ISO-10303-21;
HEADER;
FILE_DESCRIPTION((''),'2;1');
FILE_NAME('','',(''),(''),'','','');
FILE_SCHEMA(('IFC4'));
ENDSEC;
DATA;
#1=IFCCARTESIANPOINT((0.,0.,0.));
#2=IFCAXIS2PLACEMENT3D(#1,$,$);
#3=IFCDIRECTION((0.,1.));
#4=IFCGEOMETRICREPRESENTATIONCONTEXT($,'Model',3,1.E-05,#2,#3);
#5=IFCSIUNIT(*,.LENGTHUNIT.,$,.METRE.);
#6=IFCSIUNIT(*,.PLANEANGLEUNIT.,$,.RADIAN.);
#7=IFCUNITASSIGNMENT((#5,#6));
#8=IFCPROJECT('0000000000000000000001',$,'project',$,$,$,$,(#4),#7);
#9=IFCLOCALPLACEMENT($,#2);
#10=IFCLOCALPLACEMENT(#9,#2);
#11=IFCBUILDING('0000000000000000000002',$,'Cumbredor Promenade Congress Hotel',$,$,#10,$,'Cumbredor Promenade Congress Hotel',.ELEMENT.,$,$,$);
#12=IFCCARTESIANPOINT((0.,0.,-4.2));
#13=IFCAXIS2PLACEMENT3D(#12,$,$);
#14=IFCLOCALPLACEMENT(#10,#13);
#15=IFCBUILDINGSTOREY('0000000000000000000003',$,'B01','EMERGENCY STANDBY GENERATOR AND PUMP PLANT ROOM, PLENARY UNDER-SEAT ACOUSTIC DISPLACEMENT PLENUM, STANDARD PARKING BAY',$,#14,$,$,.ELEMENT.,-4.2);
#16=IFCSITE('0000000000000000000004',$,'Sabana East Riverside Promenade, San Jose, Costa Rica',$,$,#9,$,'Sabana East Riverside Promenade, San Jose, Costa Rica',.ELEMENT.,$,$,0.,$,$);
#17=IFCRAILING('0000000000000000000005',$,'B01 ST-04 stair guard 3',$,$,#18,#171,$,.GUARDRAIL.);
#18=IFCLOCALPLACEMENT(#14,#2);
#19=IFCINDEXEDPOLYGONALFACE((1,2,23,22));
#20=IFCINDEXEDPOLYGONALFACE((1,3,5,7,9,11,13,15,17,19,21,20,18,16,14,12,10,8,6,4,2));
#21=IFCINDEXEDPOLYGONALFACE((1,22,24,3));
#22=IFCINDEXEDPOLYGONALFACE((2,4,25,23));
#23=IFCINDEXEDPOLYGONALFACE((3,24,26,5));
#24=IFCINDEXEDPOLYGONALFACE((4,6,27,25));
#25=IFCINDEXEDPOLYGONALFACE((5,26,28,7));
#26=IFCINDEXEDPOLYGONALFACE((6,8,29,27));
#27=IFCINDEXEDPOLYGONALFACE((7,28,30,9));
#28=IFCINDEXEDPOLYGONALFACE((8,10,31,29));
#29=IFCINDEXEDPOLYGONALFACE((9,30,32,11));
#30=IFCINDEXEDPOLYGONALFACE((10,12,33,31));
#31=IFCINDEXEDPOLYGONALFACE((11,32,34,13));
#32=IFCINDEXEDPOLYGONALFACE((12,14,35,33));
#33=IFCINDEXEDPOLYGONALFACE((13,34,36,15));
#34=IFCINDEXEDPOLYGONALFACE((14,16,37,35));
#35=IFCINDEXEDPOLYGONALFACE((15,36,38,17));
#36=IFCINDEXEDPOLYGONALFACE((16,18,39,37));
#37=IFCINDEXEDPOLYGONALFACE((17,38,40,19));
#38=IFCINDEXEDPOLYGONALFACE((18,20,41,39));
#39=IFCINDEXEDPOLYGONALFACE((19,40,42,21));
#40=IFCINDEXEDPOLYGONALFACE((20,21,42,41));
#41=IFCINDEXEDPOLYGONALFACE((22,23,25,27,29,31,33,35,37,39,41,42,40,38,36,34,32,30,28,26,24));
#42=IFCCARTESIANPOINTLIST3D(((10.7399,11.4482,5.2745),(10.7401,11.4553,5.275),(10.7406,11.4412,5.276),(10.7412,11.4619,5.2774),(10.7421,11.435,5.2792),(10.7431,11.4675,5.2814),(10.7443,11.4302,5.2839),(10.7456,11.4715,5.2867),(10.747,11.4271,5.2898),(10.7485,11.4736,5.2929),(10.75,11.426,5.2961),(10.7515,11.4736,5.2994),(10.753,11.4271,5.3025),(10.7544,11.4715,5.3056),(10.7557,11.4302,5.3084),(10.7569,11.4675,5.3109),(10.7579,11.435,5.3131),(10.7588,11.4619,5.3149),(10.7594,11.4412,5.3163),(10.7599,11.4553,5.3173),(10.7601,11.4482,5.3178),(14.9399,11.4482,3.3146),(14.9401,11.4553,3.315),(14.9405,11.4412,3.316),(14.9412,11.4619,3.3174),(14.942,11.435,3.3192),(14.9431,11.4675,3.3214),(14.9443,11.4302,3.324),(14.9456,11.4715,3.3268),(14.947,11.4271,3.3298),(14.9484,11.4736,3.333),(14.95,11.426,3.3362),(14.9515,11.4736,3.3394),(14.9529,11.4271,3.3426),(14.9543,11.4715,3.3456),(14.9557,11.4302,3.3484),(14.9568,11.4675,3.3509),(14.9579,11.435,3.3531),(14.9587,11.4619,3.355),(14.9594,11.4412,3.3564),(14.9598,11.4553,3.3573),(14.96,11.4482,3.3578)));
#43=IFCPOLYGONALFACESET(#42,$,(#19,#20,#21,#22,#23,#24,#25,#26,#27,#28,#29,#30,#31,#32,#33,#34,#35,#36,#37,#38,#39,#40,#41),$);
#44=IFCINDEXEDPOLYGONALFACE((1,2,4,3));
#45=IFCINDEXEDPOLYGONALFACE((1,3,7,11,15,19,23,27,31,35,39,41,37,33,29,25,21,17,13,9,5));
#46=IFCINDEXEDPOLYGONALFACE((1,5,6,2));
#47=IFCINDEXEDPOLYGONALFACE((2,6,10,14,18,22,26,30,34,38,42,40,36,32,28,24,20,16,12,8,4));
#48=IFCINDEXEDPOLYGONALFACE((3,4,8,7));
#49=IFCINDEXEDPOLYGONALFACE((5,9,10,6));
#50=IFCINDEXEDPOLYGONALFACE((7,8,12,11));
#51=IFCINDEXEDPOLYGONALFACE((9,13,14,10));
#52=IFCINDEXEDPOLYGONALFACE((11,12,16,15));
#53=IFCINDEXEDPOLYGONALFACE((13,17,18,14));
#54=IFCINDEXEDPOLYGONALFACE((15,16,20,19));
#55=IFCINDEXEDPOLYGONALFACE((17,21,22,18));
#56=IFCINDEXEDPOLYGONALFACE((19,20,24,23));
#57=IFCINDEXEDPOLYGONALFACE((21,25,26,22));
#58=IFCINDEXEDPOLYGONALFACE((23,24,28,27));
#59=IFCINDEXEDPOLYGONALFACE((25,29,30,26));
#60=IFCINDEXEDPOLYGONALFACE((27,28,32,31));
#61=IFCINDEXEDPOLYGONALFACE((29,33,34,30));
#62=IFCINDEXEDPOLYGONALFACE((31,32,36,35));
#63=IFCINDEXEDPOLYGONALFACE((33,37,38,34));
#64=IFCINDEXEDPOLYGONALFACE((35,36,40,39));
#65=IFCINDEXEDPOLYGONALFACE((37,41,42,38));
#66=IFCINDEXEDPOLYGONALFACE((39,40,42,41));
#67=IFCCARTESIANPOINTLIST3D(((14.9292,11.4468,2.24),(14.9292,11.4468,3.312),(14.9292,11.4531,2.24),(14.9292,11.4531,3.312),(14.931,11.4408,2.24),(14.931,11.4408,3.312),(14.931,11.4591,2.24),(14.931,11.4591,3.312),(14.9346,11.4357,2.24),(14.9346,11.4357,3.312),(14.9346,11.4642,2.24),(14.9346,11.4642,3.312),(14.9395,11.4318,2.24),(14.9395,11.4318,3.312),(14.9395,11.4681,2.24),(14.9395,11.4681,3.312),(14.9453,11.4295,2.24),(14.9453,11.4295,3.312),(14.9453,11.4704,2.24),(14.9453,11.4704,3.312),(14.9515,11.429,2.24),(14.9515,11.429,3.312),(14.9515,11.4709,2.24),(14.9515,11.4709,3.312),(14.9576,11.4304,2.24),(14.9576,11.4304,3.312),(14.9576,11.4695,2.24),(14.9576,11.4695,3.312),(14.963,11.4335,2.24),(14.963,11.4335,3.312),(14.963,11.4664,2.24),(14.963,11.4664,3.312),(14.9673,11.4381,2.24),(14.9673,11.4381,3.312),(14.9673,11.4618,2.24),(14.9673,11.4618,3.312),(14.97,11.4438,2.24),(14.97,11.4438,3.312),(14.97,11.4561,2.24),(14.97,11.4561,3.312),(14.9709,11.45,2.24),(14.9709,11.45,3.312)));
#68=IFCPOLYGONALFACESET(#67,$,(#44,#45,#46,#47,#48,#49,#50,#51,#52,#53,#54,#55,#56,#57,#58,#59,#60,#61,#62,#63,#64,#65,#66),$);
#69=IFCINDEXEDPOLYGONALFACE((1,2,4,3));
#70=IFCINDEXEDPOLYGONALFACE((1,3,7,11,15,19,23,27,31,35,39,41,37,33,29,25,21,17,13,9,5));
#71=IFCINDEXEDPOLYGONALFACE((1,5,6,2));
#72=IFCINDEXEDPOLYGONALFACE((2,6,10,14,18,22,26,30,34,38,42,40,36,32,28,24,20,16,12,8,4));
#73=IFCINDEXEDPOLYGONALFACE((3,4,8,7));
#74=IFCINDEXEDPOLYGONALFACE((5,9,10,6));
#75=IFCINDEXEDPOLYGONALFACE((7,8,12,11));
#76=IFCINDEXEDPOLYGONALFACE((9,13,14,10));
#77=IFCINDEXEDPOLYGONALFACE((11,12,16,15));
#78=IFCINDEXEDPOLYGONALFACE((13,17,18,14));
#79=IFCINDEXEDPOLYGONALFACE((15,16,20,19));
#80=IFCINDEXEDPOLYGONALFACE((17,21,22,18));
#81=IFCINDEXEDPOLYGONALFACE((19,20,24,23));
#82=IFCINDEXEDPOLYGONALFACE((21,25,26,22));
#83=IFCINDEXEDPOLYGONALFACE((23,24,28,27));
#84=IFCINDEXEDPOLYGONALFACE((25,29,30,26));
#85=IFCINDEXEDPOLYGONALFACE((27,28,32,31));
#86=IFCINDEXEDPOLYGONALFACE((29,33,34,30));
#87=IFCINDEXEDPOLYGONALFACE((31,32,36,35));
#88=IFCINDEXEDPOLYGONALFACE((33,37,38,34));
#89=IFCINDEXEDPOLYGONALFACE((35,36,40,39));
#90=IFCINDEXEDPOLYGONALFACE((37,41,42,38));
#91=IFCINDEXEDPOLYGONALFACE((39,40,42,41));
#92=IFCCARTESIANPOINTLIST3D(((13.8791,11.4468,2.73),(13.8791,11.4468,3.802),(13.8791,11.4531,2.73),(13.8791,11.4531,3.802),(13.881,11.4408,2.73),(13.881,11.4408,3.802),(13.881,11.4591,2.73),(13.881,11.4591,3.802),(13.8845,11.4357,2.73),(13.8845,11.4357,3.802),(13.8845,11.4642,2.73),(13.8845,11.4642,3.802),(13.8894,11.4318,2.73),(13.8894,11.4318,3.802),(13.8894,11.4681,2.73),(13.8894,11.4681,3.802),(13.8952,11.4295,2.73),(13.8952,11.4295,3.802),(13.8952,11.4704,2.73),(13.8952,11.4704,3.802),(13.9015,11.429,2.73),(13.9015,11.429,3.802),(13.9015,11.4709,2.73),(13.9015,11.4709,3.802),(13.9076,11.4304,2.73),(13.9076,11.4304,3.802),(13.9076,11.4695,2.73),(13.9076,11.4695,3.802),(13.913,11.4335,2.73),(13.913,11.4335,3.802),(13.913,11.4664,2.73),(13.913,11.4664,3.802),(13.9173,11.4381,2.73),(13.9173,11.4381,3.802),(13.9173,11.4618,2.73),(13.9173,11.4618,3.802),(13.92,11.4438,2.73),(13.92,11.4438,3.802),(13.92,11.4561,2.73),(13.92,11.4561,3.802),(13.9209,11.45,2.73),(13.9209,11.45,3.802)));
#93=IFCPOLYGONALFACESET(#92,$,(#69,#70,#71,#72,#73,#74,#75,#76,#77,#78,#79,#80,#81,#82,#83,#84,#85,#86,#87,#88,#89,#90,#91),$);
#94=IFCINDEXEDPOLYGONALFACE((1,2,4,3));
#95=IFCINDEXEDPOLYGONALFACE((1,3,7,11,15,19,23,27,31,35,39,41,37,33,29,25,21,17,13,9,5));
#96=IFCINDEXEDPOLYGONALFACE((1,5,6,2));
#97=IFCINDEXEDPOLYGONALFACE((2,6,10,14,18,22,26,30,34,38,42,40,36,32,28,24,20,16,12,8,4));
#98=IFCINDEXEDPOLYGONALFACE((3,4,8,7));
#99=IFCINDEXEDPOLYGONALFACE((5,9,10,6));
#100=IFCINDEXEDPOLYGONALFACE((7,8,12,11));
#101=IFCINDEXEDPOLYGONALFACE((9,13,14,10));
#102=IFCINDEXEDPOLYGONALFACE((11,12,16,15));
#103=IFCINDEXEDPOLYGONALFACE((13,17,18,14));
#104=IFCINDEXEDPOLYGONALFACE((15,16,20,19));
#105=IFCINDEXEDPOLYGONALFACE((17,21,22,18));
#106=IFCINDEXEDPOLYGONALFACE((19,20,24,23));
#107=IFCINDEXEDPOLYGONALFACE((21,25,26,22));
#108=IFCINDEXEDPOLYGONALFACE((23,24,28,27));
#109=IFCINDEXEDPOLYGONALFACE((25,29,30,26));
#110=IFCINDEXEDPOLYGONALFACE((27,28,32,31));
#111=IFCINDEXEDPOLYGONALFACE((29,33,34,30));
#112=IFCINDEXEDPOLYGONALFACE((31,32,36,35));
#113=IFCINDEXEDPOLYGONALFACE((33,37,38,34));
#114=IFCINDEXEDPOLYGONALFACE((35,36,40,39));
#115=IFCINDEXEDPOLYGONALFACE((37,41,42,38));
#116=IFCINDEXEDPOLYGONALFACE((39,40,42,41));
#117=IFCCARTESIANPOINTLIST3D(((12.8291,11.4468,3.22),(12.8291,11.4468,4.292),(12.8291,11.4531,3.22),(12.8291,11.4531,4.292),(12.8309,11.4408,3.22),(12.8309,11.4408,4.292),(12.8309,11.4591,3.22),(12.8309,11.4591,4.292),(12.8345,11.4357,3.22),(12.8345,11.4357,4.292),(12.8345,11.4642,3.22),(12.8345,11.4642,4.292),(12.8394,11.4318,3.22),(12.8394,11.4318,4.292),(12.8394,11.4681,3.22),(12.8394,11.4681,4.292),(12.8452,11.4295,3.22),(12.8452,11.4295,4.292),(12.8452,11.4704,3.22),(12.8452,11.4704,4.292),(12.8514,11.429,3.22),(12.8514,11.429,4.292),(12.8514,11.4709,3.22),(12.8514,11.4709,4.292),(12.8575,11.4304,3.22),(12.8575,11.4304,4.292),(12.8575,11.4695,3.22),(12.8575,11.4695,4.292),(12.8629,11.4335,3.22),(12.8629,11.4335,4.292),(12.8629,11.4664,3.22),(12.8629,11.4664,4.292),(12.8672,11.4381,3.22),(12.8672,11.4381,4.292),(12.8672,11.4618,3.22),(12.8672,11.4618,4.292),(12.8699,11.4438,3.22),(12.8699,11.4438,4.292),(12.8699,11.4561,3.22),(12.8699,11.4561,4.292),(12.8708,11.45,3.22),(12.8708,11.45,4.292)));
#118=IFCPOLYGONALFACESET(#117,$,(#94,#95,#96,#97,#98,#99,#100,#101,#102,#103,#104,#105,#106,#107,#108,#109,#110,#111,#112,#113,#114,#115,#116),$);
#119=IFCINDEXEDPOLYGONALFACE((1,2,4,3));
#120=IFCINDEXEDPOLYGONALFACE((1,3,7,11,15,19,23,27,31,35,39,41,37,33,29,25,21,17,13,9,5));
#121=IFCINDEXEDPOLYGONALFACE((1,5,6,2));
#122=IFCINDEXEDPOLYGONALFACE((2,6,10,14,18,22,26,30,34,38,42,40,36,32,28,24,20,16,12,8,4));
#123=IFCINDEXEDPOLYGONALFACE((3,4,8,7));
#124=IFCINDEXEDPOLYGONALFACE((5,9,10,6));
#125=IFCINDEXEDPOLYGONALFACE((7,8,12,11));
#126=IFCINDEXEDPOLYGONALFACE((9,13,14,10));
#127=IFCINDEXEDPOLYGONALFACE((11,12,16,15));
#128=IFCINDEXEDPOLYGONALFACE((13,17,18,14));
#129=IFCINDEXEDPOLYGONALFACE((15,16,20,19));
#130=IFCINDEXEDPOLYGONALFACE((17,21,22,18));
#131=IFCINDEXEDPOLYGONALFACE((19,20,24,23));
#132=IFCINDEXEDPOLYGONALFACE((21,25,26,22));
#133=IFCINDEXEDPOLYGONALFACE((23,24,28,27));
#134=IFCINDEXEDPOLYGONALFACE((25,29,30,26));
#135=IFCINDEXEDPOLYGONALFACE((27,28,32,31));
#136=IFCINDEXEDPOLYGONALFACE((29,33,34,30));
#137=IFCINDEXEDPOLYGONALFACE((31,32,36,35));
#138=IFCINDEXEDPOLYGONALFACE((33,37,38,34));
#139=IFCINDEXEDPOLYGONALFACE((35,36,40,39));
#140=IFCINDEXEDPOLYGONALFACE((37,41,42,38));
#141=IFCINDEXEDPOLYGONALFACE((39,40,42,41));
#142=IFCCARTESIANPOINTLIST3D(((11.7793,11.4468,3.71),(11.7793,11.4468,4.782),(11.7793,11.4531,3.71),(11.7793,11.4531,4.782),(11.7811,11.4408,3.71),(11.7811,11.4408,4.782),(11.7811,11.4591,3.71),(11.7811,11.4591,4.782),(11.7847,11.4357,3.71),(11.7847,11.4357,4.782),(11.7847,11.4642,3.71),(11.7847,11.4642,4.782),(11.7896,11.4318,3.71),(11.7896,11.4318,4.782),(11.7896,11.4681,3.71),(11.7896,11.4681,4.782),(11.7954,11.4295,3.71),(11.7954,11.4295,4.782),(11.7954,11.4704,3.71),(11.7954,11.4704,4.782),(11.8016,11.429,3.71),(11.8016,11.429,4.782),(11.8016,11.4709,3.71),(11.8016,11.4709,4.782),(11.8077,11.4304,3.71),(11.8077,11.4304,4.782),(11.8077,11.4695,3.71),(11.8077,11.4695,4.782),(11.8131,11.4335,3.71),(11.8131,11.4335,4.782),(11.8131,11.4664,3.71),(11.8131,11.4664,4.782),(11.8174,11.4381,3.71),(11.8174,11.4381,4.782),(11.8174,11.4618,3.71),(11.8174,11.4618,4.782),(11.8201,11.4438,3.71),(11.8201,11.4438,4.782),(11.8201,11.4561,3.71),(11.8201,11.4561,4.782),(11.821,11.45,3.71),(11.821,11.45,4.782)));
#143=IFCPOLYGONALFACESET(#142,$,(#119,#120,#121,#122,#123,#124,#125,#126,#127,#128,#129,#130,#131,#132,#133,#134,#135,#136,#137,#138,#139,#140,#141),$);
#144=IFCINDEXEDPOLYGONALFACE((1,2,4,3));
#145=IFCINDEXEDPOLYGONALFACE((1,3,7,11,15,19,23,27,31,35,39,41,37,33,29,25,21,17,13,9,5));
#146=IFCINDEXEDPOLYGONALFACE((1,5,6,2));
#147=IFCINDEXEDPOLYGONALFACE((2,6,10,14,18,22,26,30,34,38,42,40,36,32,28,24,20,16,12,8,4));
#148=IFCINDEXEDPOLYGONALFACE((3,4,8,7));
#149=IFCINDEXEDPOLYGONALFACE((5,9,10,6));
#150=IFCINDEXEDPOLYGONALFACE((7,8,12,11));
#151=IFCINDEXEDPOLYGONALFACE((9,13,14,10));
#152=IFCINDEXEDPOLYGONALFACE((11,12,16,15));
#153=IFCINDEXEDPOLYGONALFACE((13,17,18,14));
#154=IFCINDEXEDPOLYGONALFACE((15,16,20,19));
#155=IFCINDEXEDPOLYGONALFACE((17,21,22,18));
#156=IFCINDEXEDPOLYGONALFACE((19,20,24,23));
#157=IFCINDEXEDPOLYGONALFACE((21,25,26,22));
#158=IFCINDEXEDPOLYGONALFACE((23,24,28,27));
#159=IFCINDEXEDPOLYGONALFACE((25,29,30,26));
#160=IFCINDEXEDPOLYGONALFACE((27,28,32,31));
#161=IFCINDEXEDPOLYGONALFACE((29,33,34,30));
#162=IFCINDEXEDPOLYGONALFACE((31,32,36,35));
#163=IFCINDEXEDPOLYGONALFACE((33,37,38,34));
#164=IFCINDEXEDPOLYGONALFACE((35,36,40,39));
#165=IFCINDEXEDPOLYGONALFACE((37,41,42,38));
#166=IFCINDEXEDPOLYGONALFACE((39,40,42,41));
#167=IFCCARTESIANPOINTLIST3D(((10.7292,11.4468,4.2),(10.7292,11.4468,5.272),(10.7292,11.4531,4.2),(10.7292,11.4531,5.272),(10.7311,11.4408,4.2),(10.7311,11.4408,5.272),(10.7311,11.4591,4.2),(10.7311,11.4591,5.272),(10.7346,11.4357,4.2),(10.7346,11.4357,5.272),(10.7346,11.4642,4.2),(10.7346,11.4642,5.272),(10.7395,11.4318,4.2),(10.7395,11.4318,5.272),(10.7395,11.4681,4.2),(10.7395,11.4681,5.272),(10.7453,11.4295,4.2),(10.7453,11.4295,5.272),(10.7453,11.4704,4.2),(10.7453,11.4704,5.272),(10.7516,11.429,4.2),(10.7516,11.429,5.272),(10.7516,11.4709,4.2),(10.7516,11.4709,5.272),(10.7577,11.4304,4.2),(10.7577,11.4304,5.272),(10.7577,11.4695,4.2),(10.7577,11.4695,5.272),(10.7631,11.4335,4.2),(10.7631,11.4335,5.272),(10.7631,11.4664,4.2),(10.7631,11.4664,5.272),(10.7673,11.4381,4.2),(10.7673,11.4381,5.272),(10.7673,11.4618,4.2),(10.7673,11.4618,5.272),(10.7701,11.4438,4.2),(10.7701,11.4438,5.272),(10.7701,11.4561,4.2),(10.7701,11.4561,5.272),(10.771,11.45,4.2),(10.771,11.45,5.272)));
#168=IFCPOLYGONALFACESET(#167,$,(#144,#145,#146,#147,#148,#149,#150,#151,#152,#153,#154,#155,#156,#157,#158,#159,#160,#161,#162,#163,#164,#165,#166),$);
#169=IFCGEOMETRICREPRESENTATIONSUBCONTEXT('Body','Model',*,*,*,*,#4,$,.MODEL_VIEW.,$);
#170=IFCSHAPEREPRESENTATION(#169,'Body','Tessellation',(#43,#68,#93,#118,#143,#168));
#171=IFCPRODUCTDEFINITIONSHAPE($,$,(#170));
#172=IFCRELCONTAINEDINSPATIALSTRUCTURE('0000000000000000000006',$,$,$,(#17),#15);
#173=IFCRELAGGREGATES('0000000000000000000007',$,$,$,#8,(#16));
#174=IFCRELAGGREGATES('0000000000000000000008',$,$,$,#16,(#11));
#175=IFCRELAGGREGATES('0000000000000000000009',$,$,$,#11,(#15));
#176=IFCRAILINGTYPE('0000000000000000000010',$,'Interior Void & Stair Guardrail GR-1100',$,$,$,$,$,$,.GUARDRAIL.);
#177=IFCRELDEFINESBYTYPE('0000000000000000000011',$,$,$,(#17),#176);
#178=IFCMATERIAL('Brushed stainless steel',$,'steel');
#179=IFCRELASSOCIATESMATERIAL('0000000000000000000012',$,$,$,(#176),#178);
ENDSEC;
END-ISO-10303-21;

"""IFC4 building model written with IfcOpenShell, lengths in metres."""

from ifc_helpers import new_model, si_unit, direction, frame, origin, origin_2d, place, context, subcontext, project, spatial, circle, extrude, material, type_object, element, save


model = new_model("IFC4")

# Units and contexts
model_context = context("Model", 3, precision=1e-05, world=origin(), true_north=direction((0.0, 1.0)))
body_context = subcontext(model_context, "Body", "Model", "MODEL_VIEW")
ifc_project = project(units=[si_unit("LENGTHUNIT", "METRE"), si_unit("PLANEANGLEUNIT", "RADIAN")], contexts=[model_context])

# Site, building, storey
site_placement = place(None, origin())
site = spatial("IfcSite", under=ifc_project, at=site_placement, Name="Sabana East Riverside Promenade, San Jose, Costa Rica", LongName="Sabana East Riverside Promenade, San Jose, Costa Rica", CompositionType="ELEMENT", RefElevation=0.0)
building_placement = place(site_placement, origin())
building = spatial("IfcBuilding", under=site, at=building_placement, Name="Cumbredor Promenade Congress Hotel", LongName="Cumbredor Promenade Congress Hotel", CompositionType="ELEMENT")
storey_placement = place(building_placement, frame((0.0, 0.0, -4.2)))
storey = spatial("IfcBuildingStorey", under=building, at=storey_placement, Name="B01", Description="EMERGENCY STANDBY GENERATOR AND PUMP PLANT ROOM, PLENARY UNDER-SEAT ACOUSTIC DISPLACEMENT PLENUM, STANDARD PARKING BAY", CompositionType="ELEMENT", Elevation=-4.2)

# Railing
ifc_material_1 = material(Name="Brushed stainless steel", Category="steel")
railing_type_1 = type_object("IfcRailingType", Name="Interior Void & Stair Guardrail GR-1100", PredefinedType="GUARDRAIL", material=ifc_material_1)
railing_1_placement = place(storey_placement, frame((14.95, 11.45, 2.24)))
element("IfcRailing", 1, at=railing_1_placement, inside=storey, type_object=railing_type_1, Name="B01 ST-04 stair guard 3", PredefinedType="GUARDRAIL", context=body_context, shape_type="SweptSolid", body=[
    extrude(circle(Radius=0.0239, at=origin_2d()), frame((0.0, 0.0, 1.0962), z_axis=(-0.906184, 0.0, 0.422883), x_axis=(0.0, -1.0, 0.0)), (0.0, 0.0, 1.0), 4.6348),
    extrude(circle(Radius=0.021, at=origin_2d()), origin(), (0.0, 0.0, 1.0), 1.072),
    extrude(circle(Radius=0.021, at=origin_2d()), frame((-1.05, 0.0, 0.49)), (0.0, 0.0, 1.0), 1.072),
    extrude(circle(Radius=0.021, at=origin_2d()), frame((-2.1001, 0.0, 0.98)), (0.0, 0.0, 1.0), 1.072),
    extrude(circle(Radius=0.021, at=origin_2d()), frame((-3.1499, 0.0, 1.47)), (0.0, 0.0, 1.0), 1.072),
    extrude(circle(Radius=0.021, at=origin_2d()), frame((-4.2, 0.0, 1.96)), (0.0, 0.0, 1.0), 1.072),
])

save(model, "model.ifc")
